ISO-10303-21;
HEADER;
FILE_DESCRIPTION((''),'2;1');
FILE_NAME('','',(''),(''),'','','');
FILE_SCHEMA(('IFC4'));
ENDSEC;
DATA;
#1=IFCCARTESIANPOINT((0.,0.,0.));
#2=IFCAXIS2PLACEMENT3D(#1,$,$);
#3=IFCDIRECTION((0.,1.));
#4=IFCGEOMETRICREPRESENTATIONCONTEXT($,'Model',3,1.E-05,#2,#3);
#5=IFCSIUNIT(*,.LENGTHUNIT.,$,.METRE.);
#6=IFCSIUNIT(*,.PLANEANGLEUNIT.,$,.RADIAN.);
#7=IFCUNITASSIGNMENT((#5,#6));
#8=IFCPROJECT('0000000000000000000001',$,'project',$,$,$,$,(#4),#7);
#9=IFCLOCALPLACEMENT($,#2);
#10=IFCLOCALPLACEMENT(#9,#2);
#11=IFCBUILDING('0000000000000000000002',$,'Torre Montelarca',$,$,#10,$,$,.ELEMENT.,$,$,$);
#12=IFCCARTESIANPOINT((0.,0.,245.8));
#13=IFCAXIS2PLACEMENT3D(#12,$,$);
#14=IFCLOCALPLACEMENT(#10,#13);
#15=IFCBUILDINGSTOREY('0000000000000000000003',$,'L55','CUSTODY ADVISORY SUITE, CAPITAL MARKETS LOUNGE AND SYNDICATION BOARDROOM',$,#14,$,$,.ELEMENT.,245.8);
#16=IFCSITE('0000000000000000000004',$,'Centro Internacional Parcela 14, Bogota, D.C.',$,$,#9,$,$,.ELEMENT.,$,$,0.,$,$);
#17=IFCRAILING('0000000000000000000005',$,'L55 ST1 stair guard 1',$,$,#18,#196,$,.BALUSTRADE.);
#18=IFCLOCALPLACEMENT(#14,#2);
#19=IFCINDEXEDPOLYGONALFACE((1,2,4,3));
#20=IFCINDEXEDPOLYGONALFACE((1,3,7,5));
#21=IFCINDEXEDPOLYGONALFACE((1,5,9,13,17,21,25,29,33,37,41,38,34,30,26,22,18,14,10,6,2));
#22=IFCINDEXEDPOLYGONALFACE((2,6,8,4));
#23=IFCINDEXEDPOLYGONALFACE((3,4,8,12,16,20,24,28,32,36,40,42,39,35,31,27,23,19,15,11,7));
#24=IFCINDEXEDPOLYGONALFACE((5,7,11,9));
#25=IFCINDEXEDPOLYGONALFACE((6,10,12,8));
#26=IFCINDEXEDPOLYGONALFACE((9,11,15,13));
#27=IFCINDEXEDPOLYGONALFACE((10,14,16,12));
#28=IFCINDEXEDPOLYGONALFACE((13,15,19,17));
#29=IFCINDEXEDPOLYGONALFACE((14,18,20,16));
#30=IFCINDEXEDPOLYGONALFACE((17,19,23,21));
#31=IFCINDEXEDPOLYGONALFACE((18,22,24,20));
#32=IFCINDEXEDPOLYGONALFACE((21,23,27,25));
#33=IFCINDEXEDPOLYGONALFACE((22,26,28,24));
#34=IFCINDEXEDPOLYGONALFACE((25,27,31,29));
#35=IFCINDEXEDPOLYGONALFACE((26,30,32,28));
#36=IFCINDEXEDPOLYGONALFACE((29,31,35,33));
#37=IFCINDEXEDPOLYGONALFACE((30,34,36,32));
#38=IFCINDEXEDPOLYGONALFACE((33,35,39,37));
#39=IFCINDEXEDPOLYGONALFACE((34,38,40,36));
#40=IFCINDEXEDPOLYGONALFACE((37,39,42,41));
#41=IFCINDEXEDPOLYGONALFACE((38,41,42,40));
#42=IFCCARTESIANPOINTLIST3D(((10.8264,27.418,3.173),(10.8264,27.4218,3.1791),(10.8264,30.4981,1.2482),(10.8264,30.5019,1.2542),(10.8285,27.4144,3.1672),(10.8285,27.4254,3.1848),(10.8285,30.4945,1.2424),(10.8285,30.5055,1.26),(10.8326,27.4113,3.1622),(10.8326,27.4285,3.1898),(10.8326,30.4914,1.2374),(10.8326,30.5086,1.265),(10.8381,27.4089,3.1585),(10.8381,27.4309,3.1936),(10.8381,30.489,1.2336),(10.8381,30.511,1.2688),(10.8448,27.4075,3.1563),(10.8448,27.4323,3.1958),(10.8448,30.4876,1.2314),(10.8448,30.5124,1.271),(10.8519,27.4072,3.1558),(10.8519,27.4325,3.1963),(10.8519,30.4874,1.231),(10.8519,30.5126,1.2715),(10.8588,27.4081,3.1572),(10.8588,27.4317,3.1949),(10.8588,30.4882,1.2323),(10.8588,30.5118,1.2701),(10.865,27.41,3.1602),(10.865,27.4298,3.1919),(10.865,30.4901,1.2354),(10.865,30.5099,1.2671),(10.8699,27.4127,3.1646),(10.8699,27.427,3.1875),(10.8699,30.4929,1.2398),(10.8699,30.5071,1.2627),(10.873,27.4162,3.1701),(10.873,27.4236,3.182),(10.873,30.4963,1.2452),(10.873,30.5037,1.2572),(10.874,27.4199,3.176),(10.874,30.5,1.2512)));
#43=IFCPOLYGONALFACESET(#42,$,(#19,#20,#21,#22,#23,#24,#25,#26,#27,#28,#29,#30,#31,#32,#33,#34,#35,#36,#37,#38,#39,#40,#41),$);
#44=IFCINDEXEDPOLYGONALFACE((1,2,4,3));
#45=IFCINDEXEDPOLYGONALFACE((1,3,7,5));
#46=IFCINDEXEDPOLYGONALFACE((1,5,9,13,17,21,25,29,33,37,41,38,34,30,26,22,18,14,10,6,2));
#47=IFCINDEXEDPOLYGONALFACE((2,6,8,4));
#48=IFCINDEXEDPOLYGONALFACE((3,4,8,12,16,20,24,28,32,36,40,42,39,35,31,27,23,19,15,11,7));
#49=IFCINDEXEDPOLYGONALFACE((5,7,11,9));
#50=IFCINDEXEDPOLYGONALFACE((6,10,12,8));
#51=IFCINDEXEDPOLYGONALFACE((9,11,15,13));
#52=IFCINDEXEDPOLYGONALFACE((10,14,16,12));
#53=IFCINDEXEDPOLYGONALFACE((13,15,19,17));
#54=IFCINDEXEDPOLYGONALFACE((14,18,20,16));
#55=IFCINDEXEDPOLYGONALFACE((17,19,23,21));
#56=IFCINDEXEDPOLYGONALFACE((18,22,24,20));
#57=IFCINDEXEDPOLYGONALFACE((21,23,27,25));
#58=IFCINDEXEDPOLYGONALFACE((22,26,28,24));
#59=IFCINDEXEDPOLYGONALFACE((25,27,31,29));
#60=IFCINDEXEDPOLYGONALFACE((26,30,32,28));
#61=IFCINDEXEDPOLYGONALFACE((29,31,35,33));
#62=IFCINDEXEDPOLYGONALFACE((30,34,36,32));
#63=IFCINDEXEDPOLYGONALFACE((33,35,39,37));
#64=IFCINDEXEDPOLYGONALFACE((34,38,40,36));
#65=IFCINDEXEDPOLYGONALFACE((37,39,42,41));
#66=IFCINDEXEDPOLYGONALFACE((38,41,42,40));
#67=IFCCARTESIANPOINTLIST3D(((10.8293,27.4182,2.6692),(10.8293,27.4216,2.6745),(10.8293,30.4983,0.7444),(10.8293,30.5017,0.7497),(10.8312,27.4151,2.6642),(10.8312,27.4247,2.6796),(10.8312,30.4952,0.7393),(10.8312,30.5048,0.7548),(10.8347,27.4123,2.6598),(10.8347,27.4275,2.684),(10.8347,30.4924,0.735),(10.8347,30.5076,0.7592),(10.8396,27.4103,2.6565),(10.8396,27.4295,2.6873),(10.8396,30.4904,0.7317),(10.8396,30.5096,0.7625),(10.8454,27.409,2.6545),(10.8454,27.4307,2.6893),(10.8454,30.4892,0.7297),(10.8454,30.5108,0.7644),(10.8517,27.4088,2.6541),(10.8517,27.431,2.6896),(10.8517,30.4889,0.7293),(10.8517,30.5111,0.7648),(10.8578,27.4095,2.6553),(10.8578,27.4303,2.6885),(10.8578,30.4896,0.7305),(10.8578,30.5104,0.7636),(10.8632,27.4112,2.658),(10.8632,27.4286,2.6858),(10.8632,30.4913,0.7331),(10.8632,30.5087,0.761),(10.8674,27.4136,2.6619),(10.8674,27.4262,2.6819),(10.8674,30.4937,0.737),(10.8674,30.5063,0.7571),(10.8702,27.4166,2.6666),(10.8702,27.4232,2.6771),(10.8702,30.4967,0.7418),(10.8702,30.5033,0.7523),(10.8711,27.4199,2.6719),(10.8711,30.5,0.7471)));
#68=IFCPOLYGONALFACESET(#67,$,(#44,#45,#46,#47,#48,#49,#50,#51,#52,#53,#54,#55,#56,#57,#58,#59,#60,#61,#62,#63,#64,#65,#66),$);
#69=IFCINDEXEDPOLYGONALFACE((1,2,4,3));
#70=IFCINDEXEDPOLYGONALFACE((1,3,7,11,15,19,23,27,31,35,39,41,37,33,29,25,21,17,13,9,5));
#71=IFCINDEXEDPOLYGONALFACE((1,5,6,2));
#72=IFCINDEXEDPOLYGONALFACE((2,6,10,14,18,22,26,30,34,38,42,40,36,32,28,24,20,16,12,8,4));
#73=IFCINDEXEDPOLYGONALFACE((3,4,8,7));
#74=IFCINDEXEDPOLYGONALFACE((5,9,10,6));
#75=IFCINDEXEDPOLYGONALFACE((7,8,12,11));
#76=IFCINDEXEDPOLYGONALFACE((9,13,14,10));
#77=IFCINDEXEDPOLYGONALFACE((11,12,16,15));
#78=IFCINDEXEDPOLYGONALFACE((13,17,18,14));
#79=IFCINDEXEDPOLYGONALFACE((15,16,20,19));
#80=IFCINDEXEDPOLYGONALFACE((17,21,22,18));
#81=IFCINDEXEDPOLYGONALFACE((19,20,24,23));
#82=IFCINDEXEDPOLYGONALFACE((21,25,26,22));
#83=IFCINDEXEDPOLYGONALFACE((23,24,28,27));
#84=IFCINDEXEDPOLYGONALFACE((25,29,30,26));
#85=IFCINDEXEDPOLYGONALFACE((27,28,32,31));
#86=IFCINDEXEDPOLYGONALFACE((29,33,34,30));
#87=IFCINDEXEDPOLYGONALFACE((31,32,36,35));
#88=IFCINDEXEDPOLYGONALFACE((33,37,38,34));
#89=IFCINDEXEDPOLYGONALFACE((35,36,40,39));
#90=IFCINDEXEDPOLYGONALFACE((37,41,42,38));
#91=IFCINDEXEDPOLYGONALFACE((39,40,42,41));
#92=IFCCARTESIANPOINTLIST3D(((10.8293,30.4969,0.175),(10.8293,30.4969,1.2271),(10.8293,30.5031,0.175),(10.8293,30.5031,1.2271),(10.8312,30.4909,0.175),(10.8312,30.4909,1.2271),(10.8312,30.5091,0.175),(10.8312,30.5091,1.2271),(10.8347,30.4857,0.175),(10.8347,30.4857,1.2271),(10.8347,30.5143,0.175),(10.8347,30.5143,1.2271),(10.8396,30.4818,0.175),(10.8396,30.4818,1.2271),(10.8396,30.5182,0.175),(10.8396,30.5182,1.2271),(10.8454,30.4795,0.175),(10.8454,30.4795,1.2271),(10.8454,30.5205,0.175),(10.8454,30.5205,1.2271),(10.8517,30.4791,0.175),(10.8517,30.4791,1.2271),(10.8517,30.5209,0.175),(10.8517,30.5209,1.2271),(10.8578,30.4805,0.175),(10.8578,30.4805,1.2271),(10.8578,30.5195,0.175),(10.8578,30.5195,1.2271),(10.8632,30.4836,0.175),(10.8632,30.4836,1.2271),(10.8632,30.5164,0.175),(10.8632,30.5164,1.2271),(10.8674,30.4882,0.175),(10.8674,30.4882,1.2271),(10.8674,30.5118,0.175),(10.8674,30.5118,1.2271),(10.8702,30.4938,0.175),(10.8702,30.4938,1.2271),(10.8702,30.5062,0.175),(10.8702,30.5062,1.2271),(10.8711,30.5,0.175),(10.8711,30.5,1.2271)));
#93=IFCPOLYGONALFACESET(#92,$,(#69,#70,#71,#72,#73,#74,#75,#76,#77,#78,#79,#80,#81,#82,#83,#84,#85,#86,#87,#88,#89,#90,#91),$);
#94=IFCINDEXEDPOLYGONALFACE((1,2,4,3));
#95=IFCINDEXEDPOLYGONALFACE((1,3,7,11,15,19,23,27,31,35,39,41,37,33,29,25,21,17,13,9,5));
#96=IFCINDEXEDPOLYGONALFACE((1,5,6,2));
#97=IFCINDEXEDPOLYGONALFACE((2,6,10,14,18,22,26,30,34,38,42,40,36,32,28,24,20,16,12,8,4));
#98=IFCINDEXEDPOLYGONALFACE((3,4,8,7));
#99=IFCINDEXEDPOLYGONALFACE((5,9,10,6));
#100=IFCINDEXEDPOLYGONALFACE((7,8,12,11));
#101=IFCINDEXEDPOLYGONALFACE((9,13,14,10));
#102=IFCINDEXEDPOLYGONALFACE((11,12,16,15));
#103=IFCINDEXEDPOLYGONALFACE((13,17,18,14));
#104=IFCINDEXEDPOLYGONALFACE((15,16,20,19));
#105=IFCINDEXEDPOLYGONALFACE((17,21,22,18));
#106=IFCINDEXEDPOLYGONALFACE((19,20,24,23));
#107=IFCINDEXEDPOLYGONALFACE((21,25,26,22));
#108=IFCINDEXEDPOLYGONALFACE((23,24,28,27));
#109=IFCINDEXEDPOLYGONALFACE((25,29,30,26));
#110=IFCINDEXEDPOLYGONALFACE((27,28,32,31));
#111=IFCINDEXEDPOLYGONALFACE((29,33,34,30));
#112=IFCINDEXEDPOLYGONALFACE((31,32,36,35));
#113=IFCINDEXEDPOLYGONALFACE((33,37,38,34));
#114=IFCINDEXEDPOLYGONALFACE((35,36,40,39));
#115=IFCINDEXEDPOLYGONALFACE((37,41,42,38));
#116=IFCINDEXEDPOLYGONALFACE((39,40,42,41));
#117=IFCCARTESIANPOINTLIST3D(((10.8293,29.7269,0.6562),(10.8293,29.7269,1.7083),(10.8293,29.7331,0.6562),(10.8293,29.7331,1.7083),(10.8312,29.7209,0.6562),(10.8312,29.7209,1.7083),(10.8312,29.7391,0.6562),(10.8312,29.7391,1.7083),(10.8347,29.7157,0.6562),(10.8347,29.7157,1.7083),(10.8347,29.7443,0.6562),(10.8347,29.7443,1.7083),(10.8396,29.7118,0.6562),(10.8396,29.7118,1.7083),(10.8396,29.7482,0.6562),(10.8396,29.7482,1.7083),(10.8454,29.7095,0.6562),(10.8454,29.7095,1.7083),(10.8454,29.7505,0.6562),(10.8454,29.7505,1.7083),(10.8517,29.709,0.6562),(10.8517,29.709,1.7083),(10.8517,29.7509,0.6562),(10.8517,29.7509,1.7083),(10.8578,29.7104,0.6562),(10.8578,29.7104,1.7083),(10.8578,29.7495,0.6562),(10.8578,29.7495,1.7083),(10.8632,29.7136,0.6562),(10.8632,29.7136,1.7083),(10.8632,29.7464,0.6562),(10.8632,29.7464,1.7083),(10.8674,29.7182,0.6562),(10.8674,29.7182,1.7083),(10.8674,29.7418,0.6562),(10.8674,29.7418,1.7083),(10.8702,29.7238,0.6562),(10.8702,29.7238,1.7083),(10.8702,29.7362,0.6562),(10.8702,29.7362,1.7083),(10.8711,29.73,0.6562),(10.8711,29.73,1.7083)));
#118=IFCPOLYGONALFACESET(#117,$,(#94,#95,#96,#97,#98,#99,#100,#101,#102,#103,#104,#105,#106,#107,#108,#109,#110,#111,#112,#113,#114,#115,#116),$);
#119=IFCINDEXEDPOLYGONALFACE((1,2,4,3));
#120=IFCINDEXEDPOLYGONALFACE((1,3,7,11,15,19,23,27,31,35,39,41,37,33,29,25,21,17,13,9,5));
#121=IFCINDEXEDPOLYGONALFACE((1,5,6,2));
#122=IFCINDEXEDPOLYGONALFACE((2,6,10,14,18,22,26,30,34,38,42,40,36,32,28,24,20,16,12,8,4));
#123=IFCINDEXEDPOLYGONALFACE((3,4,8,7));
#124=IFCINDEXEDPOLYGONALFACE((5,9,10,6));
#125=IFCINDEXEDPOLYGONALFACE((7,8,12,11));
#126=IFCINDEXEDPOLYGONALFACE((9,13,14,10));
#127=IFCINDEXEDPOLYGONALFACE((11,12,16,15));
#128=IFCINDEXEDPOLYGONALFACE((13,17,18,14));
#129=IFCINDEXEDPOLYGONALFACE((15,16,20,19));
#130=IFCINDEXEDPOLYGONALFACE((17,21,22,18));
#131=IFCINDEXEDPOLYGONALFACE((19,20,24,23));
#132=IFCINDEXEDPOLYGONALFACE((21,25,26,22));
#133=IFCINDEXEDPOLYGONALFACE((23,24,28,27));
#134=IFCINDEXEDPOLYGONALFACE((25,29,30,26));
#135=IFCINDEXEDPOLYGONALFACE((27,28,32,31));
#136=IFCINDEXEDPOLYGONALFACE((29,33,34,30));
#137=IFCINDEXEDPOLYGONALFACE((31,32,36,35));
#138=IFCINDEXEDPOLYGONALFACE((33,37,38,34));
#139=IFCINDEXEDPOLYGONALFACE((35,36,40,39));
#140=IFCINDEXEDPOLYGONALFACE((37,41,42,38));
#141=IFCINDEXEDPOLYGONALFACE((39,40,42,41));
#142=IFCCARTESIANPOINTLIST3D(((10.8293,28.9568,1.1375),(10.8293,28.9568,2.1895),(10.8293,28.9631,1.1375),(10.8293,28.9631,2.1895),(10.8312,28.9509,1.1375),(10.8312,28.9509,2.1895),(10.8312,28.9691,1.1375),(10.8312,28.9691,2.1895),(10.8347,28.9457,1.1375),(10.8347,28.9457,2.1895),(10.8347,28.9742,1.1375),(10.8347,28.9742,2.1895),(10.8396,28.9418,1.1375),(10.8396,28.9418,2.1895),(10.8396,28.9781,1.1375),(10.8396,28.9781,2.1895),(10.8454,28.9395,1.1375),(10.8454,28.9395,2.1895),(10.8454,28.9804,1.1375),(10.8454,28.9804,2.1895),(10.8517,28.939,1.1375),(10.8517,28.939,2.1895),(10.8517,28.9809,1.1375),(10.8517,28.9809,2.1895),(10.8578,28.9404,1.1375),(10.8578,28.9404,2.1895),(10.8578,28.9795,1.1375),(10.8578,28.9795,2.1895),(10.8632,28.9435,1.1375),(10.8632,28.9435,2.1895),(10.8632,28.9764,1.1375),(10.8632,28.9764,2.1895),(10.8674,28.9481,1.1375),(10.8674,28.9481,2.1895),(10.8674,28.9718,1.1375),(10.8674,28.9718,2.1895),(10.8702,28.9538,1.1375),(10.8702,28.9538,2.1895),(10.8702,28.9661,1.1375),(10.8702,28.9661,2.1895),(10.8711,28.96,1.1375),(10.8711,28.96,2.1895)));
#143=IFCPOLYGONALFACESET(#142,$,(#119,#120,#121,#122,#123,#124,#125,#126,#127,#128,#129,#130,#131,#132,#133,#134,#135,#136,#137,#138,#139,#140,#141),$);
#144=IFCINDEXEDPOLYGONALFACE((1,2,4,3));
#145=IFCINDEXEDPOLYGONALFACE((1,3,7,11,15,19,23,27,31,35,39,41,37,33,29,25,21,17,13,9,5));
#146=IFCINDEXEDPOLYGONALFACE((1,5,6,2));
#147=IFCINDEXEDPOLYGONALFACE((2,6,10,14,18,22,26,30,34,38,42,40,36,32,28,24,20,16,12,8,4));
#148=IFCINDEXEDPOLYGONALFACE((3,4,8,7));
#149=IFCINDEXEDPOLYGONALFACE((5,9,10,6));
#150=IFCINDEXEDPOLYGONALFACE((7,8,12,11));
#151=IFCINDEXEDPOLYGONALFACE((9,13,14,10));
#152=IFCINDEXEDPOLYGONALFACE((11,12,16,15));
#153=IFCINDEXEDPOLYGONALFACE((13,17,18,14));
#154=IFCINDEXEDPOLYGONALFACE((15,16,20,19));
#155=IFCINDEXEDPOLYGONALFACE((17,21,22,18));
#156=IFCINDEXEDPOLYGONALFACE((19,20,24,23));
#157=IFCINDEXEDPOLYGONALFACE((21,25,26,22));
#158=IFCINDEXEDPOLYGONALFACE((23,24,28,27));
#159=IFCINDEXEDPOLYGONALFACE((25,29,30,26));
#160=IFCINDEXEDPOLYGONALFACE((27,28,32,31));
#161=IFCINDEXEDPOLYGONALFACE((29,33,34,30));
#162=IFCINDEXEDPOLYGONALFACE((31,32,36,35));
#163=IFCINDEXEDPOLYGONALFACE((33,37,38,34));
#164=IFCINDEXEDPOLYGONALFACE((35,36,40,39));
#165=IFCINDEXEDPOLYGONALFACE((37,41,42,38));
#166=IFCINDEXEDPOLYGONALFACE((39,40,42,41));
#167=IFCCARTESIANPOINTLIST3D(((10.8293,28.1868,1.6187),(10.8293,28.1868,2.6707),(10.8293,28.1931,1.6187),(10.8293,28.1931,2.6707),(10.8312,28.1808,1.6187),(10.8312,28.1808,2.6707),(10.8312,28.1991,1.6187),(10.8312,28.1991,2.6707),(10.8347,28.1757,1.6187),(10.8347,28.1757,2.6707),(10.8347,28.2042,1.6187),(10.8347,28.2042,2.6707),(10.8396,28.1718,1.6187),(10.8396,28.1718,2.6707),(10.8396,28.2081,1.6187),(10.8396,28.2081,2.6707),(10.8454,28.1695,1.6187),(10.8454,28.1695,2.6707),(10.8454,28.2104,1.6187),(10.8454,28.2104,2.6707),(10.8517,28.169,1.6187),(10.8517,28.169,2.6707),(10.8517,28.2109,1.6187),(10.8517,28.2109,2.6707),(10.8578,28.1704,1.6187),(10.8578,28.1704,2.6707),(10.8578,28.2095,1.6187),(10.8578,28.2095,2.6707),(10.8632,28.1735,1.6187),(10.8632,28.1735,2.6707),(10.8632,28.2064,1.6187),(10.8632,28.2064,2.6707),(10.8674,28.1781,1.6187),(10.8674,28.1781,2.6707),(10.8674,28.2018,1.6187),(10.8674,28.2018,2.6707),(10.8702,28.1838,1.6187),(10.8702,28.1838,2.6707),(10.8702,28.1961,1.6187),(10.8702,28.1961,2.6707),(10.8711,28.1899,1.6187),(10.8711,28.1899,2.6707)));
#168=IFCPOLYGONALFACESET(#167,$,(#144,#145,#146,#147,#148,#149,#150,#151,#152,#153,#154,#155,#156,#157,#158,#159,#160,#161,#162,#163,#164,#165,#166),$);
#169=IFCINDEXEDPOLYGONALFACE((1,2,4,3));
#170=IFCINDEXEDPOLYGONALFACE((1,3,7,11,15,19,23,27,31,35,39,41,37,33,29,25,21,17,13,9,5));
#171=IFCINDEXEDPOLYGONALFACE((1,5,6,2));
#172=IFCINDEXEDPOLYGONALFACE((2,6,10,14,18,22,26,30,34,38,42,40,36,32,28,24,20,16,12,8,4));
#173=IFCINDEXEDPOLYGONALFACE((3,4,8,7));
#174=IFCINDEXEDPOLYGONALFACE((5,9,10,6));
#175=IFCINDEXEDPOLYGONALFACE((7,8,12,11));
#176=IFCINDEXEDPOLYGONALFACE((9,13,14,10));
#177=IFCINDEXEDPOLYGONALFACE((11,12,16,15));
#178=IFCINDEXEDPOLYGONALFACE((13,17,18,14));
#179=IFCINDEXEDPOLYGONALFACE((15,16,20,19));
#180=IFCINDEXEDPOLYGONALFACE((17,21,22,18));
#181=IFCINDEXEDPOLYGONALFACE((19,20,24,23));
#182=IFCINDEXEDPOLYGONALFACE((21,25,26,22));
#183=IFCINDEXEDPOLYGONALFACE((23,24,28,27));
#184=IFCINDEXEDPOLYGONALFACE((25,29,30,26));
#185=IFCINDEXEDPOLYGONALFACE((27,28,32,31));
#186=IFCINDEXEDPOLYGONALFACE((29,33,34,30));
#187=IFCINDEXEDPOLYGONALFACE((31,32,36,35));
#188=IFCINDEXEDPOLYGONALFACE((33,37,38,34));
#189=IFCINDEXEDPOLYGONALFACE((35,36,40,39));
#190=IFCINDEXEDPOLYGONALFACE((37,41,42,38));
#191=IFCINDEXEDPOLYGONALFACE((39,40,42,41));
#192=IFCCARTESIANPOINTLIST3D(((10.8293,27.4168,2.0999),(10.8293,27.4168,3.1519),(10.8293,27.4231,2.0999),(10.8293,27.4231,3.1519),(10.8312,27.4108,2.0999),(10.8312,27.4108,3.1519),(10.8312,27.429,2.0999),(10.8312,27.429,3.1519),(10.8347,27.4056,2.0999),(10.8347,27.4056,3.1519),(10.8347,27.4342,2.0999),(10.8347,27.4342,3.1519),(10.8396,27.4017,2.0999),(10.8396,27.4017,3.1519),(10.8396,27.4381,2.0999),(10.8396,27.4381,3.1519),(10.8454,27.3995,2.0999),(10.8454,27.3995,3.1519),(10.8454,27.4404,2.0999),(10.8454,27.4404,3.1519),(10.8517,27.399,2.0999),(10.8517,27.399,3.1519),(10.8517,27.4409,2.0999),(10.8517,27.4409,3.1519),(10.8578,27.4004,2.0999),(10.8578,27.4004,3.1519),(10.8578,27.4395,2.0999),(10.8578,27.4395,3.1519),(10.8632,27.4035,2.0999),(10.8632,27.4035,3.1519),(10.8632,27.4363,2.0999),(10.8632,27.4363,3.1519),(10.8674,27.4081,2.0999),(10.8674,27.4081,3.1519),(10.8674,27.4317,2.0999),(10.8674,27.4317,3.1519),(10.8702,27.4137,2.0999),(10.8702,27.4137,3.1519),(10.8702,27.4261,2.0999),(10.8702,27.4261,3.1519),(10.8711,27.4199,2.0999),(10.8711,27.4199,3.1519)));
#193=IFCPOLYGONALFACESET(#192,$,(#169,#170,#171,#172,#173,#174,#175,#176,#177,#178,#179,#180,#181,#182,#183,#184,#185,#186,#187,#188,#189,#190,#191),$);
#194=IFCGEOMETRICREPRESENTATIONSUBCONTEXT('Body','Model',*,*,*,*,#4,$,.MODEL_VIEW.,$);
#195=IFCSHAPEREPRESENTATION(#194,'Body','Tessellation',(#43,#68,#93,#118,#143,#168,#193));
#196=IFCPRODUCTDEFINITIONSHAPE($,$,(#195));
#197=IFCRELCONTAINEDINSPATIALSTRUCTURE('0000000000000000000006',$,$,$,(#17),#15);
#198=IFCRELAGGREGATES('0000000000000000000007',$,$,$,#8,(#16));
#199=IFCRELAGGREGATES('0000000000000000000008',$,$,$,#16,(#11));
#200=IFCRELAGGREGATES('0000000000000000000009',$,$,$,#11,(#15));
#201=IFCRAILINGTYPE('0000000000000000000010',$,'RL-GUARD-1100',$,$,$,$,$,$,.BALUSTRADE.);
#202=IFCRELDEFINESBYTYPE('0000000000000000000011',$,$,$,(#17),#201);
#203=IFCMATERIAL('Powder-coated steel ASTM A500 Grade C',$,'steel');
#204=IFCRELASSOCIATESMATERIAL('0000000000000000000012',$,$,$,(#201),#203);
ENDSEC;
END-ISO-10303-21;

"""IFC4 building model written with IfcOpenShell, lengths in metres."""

from ifc_helpers import new_model, si_unit, direction, frame, origin, origin_2d, place, context, subcontext, project, spatial, circle, extrude, material, type_object, element, save


model = new_model("IFC4")

# Units and contexts
model_context = context("Model", 3, precision=1e-05, world=origin(), true_north=direction((0.0, 1.0)))
body_context = subcontext(model_context, "Body", "Model", "MODEL_VIEW")
ifc_project = project(units=[si_unit("LENGTHUNIT", "METRE"), si_unit("PLANEANGLEUNIT", "RADIAN")], contexts=[model_context])

# Site, building, storey
site_placement = place(None, origin())
site = spatial("IfcSite", under=ifc_project, at=site_placement, Name="Centro Internacional Parcela 14, Bogota, D.C.", CompositionType="ELEMENT", RefElevation=0.0)
building_placement = place(site_placement, origin())
building = spatial("IfcBuilding", under=site, at=building_placement, Name="Torre Montelarca", CompositionType="ELEMENT")
storey_placement = place(building_placement, frame((0.0, 0.0, 245.8)))
storey = spatial("IfcBuildingStorey", under=building, at=storey_placement, Name="L55", Description="CUSTODY ADVISORY SUITE, CAPITAL MARKETS LOUNGE AND SYNDICATION BOARDROOM", CompositionType="ELEMENT", Elevation=245.8)

# Railing
ifc_material_1 = material(Name="Powder-coated steel ASTM A500 Grade C", Category="steel")
railing_type_1 = type_object("IfcRailingType", Name="RL-GUARD-1100", PredefinedType="BALUSTRADE", material=ifc_material_1)
railing_1_placement = place(storey_placement, frame((10.8501, 30.5, 0.175)))
element("IfcRailing", 1, at=railing_1_placement, inside=storey, type_object=railing_type_1, Name="L55 ST1 stair guard 1", PredefinedType="BALUSTRADE", context=body_context, shape_type="SweptSolid", body=[
    extrude(circle(Radius=0.0239, at=origin_2d()), frame((0.0, 0.0, 1.0762), z_axis=(0.0, -0.848029, 0.529951), x_axis=(1.0, 0.0, 0.0)), (0.0, 0.0, 1.0), 3.6321),
    extrude(circle(Radius=0.021, at=origin_2d()), frame((0.0, 0.0, 0.572), z_axis=(0.0, -0.848029, 0.529951), x_axis=(1.0, 0.0, 0.0)), (0.0, 0.0, 1.0), 3.6321),
    extrude(circle(Radius=0.021, at=origin_2d()), origin(), (0.0, 0.0, 1.0), 1.052),
    extrude(circle(Radius=0.021, at=origin_2d()), frame((0.0, -0.77, 0.4812)), (0.0, 0.0, 1.0), 1.052),
    extrude(circle(Radius=0.021, at=origin_2d()), frame((0.0, -1.54, 0.9624)), (0.0, 0.0, 1.0), 1.052),
    extrude(circle(Radius=0.021, at=origin_2d()), frame((0.0, -2.3101, 1.4436)), (0.0, 0.0, 1.0), 1.052),
    extrude(circle(Radius=0.021, at=origin_2d()), frame((0.0, -3.0801, 1.9248)), (0.0, 0.0, 1.0), 1.052),
])

save(model, "model.ifc")
